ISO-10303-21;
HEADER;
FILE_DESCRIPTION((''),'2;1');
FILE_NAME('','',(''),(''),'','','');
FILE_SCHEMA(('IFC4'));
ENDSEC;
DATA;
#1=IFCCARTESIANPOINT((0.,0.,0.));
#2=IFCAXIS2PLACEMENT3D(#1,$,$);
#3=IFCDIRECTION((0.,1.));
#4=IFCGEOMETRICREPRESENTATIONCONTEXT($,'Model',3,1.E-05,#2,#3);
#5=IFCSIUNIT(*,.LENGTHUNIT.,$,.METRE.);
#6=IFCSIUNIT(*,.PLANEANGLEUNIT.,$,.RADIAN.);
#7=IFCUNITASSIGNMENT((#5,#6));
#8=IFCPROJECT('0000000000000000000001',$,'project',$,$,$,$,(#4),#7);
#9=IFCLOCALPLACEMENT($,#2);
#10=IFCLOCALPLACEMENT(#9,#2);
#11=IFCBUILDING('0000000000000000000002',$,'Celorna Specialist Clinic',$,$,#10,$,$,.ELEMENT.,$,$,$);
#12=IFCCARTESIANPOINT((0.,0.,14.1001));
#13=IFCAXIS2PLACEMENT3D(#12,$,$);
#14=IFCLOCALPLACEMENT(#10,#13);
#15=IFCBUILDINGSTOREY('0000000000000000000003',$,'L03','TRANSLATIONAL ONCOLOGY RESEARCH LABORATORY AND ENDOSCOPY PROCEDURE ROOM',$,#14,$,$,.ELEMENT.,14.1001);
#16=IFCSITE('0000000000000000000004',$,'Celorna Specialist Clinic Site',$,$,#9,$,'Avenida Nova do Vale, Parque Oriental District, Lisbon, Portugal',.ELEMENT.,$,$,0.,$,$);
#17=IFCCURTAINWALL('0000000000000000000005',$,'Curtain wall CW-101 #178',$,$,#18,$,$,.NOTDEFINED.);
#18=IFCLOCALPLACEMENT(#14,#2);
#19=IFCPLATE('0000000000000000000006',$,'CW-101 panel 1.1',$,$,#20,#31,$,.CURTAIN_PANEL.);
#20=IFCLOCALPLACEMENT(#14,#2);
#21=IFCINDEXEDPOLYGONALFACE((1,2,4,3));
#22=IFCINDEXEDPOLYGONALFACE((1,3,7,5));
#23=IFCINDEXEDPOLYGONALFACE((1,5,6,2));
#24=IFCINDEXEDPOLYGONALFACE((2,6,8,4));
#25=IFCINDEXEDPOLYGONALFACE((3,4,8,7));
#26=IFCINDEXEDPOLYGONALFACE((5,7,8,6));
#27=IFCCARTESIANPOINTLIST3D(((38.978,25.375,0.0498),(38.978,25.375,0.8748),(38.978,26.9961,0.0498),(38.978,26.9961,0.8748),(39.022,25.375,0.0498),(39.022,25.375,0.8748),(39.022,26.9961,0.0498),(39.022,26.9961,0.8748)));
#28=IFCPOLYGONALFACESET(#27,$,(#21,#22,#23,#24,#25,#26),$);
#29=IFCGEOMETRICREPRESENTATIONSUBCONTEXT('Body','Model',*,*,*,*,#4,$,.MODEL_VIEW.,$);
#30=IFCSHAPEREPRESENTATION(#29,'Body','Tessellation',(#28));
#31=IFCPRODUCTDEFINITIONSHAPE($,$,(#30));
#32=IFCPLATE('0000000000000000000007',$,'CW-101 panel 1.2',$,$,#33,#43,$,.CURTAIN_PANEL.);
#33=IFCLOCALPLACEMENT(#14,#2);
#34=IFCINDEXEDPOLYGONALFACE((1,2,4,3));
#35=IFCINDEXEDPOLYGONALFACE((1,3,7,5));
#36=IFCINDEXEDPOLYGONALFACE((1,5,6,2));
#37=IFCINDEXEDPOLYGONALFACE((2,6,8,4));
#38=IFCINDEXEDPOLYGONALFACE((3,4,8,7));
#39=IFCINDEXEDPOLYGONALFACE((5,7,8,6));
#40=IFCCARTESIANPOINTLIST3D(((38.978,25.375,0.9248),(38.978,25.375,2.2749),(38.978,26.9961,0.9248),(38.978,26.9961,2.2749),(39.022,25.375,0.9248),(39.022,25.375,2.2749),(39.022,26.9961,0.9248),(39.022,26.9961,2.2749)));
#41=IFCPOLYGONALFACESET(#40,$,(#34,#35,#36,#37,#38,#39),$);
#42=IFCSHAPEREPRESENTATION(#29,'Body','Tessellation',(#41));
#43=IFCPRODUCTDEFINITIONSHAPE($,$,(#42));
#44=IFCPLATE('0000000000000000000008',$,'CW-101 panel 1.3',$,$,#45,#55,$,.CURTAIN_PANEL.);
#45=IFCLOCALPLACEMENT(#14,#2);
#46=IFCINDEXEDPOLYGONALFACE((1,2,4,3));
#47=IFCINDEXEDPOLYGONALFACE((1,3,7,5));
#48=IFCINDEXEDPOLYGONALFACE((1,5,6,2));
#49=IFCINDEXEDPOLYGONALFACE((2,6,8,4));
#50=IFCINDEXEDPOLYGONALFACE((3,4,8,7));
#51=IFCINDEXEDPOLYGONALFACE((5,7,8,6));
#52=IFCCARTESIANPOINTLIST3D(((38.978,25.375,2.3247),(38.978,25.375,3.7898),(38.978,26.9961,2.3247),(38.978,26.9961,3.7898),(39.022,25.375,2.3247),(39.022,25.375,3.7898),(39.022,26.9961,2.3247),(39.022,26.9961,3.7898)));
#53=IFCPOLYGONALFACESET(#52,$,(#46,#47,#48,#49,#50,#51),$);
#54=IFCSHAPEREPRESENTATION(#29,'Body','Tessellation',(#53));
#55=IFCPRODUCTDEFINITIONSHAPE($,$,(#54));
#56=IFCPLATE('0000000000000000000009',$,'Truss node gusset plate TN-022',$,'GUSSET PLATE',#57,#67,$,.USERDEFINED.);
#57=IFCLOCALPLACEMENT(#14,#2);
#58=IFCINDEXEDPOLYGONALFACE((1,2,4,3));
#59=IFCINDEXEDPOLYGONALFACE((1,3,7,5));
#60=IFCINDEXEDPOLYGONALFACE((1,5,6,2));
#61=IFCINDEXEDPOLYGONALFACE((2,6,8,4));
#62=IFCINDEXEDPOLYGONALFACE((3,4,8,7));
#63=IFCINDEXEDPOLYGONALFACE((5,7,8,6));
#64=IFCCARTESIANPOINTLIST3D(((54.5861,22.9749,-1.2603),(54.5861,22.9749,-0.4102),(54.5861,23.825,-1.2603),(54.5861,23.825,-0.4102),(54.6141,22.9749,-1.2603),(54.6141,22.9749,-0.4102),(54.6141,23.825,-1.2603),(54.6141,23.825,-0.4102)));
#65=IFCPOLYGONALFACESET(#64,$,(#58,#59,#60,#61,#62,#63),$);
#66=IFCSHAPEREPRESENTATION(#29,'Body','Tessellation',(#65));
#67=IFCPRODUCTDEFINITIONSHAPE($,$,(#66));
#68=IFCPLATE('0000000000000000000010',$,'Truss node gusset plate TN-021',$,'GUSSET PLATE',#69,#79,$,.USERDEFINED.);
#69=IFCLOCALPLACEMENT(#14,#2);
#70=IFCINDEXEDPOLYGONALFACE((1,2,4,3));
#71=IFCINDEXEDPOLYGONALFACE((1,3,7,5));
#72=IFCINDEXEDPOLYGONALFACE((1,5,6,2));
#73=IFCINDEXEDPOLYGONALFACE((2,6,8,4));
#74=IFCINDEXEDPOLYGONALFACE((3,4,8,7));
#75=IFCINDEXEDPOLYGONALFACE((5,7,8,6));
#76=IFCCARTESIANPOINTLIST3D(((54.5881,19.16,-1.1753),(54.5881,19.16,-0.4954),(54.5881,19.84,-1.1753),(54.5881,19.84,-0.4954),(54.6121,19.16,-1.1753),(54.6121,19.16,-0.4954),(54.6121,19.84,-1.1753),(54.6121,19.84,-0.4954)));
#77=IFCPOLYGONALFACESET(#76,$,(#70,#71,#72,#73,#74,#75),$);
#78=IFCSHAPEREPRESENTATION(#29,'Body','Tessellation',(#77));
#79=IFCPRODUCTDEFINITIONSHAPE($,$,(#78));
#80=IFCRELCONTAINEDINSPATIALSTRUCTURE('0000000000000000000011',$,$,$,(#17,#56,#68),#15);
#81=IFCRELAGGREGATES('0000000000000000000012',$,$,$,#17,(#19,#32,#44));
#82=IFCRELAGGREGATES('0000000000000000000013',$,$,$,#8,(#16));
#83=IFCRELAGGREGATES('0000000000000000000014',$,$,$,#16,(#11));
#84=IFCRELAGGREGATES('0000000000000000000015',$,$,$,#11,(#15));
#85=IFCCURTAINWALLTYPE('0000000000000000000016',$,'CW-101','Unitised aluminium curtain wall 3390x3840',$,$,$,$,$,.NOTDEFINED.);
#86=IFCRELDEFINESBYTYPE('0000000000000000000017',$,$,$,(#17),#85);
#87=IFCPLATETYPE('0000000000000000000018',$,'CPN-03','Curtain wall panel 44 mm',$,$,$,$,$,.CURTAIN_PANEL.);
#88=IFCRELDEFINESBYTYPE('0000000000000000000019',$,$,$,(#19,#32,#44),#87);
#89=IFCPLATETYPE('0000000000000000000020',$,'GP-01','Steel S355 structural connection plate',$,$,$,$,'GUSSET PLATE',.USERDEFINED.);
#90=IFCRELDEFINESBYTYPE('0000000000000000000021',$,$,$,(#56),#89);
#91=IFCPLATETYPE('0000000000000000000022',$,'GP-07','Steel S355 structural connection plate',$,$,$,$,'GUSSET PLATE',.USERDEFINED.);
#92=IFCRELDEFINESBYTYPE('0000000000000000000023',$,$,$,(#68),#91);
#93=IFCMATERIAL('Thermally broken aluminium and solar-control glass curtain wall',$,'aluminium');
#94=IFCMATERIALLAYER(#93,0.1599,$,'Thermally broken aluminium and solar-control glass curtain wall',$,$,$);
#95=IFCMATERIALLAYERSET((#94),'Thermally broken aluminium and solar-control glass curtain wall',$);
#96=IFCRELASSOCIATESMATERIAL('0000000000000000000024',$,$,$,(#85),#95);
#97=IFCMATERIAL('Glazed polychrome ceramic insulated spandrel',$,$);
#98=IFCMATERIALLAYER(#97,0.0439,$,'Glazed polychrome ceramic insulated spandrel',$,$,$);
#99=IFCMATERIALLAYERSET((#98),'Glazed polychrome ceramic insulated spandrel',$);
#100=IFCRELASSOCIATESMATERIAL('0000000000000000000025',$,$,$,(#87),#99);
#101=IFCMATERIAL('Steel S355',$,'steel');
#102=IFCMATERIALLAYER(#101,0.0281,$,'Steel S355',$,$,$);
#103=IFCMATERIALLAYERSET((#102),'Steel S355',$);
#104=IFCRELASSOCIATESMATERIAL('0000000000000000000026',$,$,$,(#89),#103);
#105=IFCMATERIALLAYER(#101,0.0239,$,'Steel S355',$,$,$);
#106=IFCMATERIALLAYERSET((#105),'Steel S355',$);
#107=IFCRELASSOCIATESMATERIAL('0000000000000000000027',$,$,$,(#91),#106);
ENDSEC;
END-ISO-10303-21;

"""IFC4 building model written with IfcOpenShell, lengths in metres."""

from ifc_helpers import new_model, si_unit, direction, frame, origin, origin_2d, place, context, subcontext, project, spatial, rectangle, extrude, material, layer, layer_set, type_object, element, aggregate, save


model = new_model("IFC4")

# Units and contexts
model_context = context("Model", 3, precision=1e-05, world=origin(), true_north=direction((0.0, 1.0)))
body_context = subcontext(model_context, "Body", "Model", "MODEL_VIEW")
ifc_project = project(units=[si_unit("LENGTHUNIT", "METRE"), si_unit("PLANEANGLEUNIT", "RADIAN")], contexts=[model_context])

# Site, building, storey
site_placement = place(None, origin())
site = spatial("IfcSite", under=ifc_project, at=site_placement, Name="Celorna Specialist Clinic Site", LongName="Avenida Nova do Vale, Parque Oriental District, Lisbon, Portugal", CompositionType="ELEMENT", RefElevation=0.0)
building_placement = place(site_placement, origin())
building = spatial("IfcBuilding", under=site, at=building_placement, Name="Celorna Specialist Clinic", CompositionType="ELEMENT")
storey_placement = place(building_placement, frame((0.0, 0.0, 14.1001)))
storey = spatial("IfcBuildingStorey", under=building, at=storey_placement, Name="L03", Description="TRANSLATIONAL ONCOLOGY RESEARCH LABORATORY AND ENDOSCOPY PROCEDURE ROOM", CompositionType="ELEMENT", Elevation=14.1001)

# Shared definitions
ifc_material_1 = material(Name="Steel S355", Category="steel")

# Curtain wall, plates
ifc_material_2 = material(Name="Thermally broken aluminium and solar-control glass curtain wall", Category="aluminium")
ifc_layer_1 = layer(ifc_material_2, 0.1599, Name="Thermally broken aluminium and solar-control glass curtain wall")
ifc_layer_set_1 = layer_set([ifc_layer_1], Name="Thermally broken aluminium and solar-control glass curtain wall")
curtain_wall_type = type_object("IfcCurtainWallType", Name="CW-101", Description="Unitised aluminium curtain wall 3390x3840", PredefinedType="NOTDEFINED", material=ifc_layer_set_1)
curtain_wall_placement = place(storey_placement, origin())
curtain_wall = element("IfcCurtainWall", 1, at=curtain_wall_placement, inside=storey, type_object=curtain_wall_type, Name="Curtain wall CW-101 #178", PredefinedType="NOTDEFINED")
ifc_material_3 = material(Name="Glazed polychrome ceramic insulated spandrel")
ifc_layer_2 = layer(ifc_material_3, 0.0439, Name="Glazed polychrome ceramic insulated spandrel")
ifc_layer_set_2 = layer_set([ifc_layer_2], Name="Glazed polychrome ceramic insulated spandrel")
plate_type_1 = type_object("IfcPlateType", Name="CPN-03", Description="Curtain wall panel 44 mm", PredefinedType="CURTAIN_PANEL", material=ifc_layer_set_2)
plate_1_placement = place(storey_placement, frame((39.0, 26.1855, 0.0498), z_axis=(0.0, 0.0, 1.0), x_axis=(0.0, -1.0, 0.0)))
plate_1 = element("IfcPlate", 2, at=plate_1_placement, type_object=plate_type_1, Name="CW-101 panel 1.1", PredefinedType="CURTAIN_PANEL", context=body_context, shape_type="SweptSolid", body=[
    extrude(rectangle(XDim=1.6211, YDim=0.0439, at=origin_2d()), origin(), (0.0, 0.0, 1.0), 0.825),
])
plate_2_placement = place(storey_placement, frame((39.0, 26.1855, 0.9248), z_axis=(0.0, 0.0, 1.0), x_axis=(0.0, -1.0, 0.0)))
plate_2 = element("IfcPlate", 3, at=plate_2_placement, type_object=plate_type_1, Name="CW-101 panel 1.2", PredefinedType="CURTAIN_PANEL", context=body_context, shape_type="SweptSolid", body=[
    extrude(rectangle(XDim=1.6211, YDim=0.0439, at=origin_2d()), origin(), (0.0, 0.0, 1.0), 1.3501),
])
plate_3_placement = place(storey_placement, frame((39.0, 26.1855, 2.3247), z_axis=(0.0, 0.0, 1.0), x_axis=(0.0, -1.0, 0.0)))
plate_3 = element("IfcPlate", 4, at=plate_3_placement, type_object=plate_type_1, Name="CW-101 panel 1.3", PredefinedType="CURTAIN_PANEL", context=body_context, shape_type="SweptSolid", body=[
    extrude(rectangle(XDim=1.6211, YDim=0.0439, at=origin_2d()), origin(), (0.0, 0.0, 1.0), 1.4651),
])
aggregate(curtain_wall, [plate_1, plate_2, plate_3])

# Plates
ifc_layer_3 = layer(ifc_material_1, 0.0281, Name="Steel S355")
ifc_layer_set_3 = layer_set([ifc_layer_3], Name="Steel S355")
plate_type_2 = type_object("IfcPlateType", Name="GP-01", Description="Steel S355 structural connection plate", ElementType="GUSSET PLATE", PredefinedType="USERDEFINED", material=ifc_layer_set_3)
plate_4_placement = place(storey_placement, frame((54.6001, 23.3999, -1.2603), z_axis=(0.0, 0.0, 1.0), x_axis=(0.0, 1.0, 0.0)))
element("IfcPlate", 5, at=plate_4_placement, inside=storey, type_object=plate_type_2, Name="Truss node gusset plate TN-022", ObjectType="GUSSET PLATE", PredefinedType="USERDEFINED", context=body_context, shape_type="SweptSolid", body=[
    extrude(rectangle(XDim=0.8501, YDim=0.0281, at=origin_2d()), origin(), (0.0, 0.0, 1.0), 0.8501),
])
ifc_layer_4 = layer(ifc_material_1, 0.0239, Name="Steel S355")
ifc_layer_set_4 = layer_set([ifc_layer_4], Name="Steel S355")
plate_type_3 = type_object("IfcPlateType", Name="GP-07", Description="Steel S355 structural connection plate", ElementType="GUSSET PLATE", PredefinedType="USERDEFINED", material=ifc_layer_set_4)
plate_5_placement = place(storey_placement, frame((54.6001, 19.5, -1.1753), z_axis=(0.0, 0.0, 1.0), x_axis=(0.0, 1.0, 0.0)))
element("IfcPlate", 6, at=plate_5_placement, inside=storey, type_object=plate_type_3, Name="Truss node gusset plate TN-021", ObjectType="GUSSET PLATE", PredefinedType="USERDEFINED", context=body_context, shape_type="SweptSolid", body=[
    extrude(rectangle(XDim=0.6799, YDim=0.0239, at=origin_2d()), origin(), (0.0, 0.0, 1.0), 0.6799),
])

save(model, "model.ifc")
